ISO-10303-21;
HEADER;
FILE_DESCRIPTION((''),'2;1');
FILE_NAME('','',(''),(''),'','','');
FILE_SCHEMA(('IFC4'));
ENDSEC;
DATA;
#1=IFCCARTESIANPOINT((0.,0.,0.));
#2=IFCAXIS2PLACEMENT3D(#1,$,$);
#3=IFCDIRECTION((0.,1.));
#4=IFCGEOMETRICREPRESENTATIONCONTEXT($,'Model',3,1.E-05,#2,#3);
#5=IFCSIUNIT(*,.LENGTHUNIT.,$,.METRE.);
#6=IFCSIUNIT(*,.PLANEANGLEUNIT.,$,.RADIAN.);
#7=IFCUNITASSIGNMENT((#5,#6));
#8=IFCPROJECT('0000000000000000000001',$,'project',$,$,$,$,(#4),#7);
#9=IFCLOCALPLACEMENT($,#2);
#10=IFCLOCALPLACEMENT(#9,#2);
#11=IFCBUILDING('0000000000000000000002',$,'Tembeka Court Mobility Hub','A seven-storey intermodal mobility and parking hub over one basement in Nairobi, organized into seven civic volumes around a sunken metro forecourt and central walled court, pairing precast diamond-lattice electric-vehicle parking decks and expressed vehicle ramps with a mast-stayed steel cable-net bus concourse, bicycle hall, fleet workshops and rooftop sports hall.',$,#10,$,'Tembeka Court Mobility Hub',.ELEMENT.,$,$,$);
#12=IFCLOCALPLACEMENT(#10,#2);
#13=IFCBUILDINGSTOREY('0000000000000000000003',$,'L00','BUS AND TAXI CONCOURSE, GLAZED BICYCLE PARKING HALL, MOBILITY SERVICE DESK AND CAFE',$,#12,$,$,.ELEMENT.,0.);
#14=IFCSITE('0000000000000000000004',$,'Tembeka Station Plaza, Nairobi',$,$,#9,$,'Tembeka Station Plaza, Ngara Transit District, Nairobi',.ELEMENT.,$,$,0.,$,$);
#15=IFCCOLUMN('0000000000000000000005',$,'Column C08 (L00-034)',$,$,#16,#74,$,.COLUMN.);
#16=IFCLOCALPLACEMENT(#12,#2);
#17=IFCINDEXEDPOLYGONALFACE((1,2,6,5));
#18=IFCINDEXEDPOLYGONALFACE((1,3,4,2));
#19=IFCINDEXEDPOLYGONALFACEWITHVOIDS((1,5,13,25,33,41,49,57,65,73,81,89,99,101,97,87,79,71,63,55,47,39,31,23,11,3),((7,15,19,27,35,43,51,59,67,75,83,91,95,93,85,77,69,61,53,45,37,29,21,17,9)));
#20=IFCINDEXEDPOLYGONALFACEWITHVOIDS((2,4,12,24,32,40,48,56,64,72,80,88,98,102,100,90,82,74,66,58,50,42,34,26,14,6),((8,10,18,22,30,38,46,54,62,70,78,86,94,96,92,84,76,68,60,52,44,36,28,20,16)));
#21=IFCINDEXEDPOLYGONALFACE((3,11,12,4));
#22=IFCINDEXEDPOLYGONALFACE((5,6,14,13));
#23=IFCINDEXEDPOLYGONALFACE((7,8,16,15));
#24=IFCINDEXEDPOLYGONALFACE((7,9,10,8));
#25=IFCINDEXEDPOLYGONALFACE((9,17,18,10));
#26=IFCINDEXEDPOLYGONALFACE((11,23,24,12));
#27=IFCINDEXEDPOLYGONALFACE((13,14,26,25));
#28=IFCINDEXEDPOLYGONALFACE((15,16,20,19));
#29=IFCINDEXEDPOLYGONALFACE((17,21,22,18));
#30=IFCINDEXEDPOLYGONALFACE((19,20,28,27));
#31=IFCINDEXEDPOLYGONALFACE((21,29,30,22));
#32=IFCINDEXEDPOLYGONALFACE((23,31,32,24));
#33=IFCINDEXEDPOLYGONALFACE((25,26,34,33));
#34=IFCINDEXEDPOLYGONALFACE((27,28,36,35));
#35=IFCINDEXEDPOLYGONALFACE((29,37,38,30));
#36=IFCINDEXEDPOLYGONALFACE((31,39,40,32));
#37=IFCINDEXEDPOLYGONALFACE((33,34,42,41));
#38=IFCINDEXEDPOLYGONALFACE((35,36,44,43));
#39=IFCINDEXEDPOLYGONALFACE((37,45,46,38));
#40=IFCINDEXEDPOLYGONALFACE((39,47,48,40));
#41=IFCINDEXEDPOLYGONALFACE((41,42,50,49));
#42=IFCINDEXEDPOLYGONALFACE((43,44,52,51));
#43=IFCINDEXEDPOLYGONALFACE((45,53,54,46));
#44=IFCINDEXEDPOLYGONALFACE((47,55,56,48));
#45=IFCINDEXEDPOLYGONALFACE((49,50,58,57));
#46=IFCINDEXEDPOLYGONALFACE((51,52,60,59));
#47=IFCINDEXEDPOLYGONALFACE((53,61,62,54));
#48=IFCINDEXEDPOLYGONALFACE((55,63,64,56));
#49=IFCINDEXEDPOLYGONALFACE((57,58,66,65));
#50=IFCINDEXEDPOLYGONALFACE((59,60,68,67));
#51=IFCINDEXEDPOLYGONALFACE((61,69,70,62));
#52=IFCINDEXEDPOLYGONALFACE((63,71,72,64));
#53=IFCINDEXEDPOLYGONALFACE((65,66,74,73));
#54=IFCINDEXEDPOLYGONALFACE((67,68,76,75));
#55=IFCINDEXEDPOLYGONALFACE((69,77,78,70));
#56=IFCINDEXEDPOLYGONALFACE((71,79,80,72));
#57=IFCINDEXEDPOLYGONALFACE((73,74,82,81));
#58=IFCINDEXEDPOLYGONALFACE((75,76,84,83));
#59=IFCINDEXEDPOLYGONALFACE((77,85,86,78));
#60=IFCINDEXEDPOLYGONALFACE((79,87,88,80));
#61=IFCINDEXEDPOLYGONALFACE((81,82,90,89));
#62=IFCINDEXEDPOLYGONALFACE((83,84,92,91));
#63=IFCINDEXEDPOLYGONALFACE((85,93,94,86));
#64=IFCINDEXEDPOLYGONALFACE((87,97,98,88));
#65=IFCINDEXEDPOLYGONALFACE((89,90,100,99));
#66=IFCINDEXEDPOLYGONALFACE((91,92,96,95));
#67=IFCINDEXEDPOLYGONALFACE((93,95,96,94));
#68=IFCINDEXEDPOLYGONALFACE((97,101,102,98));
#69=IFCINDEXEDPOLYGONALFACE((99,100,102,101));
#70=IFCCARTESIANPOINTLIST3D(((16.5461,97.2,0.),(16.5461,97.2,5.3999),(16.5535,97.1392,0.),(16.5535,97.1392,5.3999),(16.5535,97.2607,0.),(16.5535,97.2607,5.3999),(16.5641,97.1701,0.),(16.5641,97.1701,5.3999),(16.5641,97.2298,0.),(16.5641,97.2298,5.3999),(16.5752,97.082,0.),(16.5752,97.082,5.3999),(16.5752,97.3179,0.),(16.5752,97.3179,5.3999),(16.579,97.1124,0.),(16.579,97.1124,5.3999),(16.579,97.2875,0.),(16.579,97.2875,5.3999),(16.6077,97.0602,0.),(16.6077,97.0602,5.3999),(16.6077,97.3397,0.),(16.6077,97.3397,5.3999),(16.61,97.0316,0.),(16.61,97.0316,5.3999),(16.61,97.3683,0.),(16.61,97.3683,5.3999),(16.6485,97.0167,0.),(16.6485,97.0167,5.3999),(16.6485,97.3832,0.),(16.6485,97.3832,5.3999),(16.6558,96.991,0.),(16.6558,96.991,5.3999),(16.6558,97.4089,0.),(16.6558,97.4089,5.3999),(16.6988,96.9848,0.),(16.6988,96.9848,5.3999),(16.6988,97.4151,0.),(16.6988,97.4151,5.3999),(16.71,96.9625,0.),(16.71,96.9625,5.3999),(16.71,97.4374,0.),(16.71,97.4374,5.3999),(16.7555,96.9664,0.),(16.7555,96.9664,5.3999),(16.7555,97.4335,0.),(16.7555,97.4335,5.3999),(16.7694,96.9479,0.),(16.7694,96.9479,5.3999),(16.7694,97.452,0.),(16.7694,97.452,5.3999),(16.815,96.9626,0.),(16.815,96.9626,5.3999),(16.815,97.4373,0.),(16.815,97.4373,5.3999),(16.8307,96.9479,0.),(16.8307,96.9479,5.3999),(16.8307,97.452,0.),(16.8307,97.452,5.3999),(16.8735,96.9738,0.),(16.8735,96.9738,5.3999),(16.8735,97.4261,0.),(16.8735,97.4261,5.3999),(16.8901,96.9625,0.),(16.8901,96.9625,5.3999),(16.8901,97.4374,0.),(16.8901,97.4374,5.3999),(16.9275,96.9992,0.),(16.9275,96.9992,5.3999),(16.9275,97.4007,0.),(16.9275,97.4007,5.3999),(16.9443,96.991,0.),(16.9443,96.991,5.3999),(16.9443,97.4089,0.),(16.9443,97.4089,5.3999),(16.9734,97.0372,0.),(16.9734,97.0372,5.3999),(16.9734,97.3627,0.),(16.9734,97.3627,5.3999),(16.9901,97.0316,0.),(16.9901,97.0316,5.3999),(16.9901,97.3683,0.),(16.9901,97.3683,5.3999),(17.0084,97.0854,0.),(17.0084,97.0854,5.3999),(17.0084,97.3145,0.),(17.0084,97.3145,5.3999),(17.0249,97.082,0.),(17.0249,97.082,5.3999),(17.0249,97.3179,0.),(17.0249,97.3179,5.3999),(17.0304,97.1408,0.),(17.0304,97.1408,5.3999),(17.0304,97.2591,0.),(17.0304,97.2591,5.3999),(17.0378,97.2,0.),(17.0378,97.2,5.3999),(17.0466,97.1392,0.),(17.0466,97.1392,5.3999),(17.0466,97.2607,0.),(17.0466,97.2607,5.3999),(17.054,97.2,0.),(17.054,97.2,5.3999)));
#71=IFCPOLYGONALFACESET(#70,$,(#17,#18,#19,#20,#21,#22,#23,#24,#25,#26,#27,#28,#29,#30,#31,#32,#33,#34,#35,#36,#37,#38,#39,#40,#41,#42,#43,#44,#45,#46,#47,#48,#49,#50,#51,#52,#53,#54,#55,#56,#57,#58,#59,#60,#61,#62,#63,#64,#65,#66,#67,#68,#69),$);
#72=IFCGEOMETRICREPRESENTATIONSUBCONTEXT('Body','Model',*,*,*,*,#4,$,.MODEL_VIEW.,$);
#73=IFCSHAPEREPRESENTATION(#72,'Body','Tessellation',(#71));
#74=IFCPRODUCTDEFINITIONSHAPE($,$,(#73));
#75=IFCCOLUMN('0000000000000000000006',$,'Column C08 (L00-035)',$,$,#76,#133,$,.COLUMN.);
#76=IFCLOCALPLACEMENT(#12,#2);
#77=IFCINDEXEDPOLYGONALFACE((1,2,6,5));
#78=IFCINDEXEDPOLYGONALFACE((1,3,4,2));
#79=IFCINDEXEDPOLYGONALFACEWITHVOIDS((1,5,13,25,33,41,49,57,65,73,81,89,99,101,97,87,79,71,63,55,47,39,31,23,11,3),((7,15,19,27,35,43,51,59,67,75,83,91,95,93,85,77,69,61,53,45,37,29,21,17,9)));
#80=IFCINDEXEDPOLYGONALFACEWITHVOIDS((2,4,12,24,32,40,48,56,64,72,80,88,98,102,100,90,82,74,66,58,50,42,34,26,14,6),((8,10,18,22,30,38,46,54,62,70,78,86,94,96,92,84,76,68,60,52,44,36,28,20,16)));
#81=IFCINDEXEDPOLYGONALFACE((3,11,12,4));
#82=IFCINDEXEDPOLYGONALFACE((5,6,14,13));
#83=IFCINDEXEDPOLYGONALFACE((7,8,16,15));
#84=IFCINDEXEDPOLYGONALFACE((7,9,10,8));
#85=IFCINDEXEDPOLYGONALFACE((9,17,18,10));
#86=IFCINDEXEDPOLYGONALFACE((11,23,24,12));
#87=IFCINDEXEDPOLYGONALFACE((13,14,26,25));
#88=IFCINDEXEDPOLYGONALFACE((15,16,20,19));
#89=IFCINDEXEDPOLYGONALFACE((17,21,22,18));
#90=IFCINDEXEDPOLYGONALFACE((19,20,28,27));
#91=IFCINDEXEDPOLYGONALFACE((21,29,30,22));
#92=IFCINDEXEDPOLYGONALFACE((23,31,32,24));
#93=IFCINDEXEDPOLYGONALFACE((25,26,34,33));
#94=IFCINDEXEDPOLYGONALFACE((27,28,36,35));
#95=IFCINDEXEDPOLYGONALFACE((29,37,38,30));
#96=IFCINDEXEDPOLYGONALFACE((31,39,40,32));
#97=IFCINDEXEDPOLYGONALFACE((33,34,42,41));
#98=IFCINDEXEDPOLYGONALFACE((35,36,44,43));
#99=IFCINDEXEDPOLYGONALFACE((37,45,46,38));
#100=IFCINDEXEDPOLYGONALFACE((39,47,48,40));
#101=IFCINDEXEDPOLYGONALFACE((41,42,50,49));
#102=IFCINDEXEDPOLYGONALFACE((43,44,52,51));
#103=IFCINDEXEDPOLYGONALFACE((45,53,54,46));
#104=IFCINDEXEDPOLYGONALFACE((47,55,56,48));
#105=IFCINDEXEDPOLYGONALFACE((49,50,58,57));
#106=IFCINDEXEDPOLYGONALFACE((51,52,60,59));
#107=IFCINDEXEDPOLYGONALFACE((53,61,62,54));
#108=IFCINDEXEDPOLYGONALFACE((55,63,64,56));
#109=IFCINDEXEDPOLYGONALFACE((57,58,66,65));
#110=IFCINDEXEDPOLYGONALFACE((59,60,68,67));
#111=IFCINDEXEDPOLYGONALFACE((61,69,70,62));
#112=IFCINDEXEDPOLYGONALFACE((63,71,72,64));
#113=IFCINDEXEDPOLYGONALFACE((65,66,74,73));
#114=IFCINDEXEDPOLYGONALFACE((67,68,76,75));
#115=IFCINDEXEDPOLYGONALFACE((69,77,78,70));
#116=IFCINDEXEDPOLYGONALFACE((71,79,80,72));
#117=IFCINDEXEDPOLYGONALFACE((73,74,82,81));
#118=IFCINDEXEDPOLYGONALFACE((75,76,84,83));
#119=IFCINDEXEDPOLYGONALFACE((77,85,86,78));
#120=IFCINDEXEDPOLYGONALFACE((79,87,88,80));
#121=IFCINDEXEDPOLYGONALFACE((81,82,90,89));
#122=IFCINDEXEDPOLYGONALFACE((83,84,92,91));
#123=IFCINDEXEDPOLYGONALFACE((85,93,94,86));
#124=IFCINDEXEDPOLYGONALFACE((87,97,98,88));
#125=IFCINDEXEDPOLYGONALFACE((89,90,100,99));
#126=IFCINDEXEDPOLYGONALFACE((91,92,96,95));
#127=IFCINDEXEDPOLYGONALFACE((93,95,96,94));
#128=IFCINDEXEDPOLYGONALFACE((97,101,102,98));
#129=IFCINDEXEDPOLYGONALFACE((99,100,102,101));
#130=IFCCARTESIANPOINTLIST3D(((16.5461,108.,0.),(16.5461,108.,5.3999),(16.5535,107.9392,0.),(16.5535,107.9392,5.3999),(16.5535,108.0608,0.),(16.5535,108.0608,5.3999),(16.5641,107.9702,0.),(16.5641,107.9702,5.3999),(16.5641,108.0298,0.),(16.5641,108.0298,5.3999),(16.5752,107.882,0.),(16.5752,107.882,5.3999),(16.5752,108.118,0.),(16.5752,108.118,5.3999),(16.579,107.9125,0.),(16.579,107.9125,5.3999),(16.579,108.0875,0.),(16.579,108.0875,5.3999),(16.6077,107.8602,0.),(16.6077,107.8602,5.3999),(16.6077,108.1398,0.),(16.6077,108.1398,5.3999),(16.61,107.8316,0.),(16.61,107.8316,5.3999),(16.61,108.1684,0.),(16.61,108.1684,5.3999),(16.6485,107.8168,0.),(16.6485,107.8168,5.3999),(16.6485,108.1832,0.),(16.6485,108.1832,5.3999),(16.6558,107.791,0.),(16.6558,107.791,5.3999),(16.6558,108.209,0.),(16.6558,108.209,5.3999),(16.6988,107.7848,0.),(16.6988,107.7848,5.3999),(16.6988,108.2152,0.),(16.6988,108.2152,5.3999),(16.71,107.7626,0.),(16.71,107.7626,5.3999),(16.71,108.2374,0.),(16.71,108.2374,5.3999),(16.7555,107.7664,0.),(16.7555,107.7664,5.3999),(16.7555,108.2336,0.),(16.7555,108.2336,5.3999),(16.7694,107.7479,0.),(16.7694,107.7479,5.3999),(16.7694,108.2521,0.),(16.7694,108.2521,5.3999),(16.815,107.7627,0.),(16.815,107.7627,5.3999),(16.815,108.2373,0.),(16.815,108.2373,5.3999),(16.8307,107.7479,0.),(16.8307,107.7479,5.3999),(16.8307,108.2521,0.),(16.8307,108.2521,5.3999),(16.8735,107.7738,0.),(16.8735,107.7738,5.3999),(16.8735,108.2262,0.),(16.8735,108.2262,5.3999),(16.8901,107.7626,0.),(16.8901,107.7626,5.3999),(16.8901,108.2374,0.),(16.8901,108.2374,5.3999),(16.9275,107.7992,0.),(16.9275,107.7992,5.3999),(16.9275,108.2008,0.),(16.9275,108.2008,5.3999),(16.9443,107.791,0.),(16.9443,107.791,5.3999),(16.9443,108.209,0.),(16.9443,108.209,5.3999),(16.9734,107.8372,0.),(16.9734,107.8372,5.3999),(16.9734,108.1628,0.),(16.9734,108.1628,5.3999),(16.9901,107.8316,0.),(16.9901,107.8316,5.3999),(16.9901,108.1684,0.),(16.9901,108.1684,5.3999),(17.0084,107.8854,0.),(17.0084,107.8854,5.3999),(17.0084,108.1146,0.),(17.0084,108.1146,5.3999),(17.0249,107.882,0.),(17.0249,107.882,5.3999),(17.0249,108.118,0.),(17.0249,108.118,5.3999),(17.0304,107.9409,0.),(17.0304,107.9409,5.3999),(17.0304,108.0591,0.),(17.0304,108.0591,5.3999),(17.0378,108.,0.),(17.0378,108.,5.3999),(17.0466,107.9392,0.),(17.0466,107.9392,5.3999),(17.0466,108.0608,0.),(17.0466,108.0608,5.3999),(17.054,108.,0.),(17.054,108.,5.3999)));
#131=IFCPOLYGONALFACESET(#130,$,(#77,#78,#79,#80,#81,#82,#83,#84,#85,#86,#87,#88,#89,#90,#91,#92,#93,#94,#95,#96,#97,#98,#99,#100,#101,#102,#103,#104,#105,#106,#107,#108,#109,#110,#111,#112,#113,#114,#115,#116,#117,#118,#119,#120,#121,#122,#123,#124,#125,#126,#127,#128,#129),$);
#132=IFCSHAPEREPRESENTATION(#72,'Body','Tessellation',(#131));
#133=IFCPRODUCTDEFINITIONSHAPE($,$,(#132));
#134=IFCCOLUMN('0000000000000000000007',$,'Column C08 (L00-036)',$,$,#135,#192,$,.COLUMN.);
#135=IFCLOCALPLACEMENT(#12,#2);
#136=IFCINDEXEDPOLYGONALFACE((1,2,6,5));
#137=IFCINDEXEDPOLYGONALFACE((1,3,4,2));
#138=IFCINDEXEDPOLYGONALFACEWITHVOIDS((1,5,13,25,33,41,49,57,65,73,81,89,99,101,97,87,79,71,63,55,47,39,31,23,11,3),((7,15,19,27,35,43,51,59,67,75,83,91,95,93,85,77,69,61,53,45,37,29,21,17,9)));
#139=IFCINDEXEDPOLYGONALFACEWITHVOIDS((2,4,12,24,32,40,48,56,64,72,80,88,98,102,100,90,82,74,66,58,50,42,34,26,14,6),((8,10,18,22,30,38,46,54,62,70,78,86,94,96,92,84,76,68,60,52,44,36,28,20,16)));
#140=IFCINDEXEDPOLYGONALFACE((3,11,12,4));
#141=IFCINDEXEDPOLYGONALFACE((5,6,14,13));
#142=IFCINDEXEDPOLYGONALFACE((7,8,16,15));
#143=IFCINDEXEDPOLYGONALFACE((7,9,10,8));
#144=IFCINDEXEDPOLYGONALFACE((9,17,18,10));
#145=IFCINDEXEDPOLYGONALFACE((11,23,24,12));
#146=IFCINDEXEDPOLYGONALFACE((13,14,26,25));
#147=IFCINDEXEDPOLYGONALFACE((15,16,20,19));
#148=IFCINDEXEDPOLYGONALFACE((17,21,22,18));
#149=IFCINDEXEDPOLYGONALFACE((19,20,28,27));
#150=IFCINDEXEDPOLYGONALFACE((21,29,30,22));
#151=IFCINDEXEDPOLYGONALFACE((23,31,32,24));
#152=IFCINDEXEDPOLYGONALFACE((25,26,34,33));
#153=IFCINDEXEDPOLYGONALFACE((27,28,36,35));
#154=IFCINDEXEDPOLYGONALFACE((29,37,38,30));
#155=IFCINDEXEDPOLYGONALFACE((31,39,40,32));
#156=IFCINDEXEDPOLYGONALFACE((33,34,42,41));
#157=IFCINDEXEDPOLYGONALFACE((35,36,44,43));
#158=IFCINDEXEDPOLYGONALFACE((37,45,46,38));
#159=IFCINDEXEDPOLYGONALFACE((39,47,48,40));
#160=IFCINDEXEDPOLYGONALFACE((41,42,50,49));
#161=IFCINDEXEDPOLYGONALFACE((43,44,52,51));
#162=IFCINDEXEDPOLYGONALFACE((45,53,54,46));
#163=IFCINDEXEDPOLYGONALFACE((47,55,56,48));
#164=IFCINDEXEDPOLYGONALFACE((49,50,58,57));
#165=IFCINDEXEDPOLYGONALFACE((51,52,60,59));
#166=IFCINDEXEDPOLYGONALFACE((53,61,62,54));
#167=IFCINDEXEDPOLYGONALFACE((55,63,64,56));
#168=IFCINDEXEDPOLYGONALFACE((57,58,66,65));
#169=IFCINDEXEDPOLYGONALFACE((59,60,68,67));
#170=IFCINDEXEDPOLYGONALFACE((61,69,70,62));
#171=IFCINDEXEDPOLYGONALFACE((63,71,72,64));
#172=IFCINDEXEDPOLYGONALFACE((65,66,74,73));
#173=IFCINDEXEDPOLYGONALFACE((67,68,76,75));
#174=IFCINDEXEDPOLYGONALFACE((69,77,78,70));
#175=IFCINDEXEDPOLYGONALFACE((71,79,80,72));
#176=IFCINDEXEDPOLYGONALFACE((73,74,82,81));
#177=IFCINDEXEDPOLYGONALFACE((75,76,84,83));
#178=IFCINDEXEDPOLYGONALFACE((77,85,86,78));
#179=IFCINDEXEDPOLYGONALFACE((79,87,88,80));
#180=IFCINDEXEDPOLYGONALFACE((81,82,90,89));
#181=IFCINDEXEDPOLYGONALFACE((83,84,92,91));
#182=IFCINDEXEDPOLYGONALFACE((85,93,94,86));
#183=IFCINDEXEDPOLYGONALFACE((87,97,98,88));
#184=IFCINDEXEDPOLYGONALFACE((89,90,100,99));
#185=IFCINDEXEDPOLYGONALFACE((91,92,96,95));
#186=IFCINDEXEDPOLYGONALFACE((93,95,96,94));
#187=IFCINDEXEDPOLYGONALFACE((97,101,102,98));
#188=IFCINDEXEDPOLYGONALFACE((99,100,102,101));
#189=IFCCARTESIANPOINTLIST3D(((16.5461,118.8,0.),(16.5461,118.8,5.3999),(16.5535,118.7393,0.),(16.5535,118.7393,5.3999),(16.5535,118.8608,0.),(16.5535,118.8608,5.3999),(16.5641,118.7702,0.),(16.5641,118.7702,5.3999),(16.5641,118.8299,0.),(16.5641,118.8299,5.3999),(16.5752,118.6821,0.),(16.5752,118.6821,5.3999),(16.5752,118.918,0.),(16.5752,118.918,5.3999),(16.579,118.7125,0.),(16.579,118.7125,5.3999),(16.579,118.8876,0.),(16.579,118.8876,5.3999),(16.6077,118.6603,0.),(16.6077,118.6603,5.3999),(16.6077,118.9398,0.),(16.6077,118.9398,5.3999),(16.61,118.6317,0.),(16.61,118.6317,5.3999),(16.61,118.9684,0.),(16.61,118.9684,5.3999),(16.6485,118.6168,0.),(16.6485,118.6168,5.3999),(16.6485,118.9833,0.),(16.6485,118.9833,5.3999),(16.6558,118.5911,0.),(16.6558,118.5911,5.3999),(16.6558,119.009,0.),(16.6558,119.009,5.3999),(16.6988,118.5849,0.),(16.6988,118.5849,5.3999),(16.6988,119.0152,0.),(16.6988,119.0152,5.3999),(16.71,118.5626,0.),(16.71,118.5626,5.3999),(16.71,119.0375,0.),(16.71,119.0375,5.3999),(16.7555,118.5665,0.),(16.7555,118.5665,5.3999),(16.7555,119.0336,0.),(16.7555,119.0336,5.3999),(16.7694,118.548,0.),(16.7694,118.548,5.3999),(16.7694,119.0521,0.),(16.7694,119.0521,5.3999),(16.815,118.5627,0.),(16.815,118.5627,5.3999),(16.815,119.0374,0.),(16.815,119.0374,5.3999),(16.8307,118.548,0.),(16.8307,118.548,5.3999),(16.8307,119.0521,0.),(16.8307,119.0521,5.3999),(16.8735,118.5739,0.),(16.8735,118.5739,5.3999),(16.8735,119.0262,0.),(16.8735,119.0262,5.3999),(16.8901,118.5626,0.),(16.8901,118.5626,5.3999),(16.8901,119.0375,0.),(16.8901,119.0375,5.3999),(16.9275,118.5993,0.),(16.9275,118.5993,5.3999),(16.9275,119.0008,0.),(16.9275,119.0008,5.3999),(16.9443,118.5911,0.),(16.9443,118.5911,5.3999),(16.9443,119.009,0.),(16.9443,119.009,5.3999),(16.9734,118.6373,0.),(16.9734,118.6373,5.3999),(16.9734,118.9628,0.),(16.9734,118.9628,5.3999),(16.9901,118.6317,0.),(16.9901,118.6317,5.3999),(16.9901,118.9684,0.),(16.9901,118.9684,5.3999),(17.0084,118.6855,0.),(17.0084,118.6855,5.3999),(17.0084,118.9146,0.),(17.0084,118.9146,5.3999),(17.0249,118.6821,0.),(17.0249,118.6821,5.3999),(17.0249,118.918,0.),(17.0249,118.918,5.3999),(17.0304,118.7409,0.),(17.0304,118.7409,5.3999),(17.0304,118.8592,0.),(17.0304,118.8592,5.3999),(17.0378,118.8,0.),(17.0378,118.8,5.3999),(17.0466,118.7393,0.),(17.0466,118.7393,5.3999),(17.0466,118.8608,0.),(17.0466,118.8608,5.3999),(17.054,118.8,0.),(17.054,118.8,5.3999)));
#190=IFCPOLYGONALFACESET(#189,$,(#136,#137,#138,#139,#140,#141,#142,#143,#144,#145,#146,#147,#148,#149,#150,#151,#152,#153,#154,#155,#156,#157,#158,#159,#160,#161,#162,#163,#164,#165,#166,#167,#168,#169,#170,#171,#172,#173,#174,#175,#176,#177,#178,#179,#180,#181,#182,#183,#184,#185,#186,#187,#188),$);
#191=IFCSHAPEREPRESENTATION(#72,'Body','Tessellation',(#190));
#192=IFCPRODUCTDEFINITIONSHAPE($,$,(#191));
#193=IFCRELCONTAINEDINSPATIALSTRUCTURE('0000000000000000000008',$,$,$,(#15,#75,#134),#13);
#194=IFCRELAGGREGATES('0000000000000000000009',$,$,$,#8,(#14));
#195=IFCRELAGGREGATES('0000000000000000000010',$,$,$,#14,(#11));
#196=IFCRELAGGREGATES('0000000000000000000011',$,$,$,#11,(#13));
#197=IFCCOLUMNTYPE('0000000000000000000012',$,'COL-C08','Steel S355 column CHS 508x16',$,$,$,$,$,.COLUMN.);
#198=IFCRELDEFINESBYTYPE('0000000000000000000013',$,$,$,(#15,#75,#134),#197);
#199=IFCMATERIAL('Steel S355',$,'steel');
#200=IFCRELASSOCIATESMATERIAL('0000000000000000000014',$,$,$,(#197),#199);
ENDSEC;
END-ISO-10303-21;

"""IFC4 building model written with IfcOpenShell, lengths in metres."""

from ifc_helpers import new_model, si_unit, direction, frame, origin, origin_2d, place, context, subcontext, project, spatial, hollow_circle, extrude, material, material_profile, profile_set, type_object, element, save


model = new_model("IFC4")

# Units and contexts
model_context = context("Model", 3, precision=1e-05, world=origin(), true_north=direction((0.0, 1.0)))
body_context = subcontext(model_context, "Body", "Model", "MODEL_VIEW")
ifc_project = project(units=[si_unit("LENGTHUNIT", "METRE"), si_unit("PLANEANGLEUNIT", "RADIAN")], contexts=[model_context])

# Site, building, storey
site_placement = place(None, origin())
site = spatial("IfcSite", under=ifc_project, at=site_placement, Name="Tembeka Station Plaza, Nairobi", LongName="Tembeka Station Plaza, Ngara Transit District, Nairobi", CompositionType="ELEMENT", RefElevation=0.0)
building_placement = place(site_placement, origin())
building = spatial("IfcBuilding", under=site, at=building_placement, Name="Tembeka Court Mobility Hub", Description="A seven-storey intermodal mobility and parking hub over one basement in Nairobi, organized into seven civic volumes around a sunken metro forecourt and central walled court, pairing precast diamond-lattice electric-vehicle parking decks and expressed vehicle ramps with a mast-stayed steel cable-net bus concourse, bicycle hall, fleet workshops and rooftop sports hall.", LongName="Tembeka Court Mobility Hub", CompositionType="ELEMENT")
storey_placement = place(building_placement, origin())
storey = spatial("IfcBuildingStorey", under=building, at=storey_placement, Name="L00", Description="BUS AND TAXI CONCOURSE, GLAZED BICYCLE PARKING HALL, MOBILITY SERVICE DESK AND CAFE", CompositionType="ELEMENT", Elevation=0.0)

# Columns
ifc_material_1 = material(Name="Steel S355", Category="steel")
ifc_material_profile_1 = material_profile(ifc_material_1, hollow_circle(Radius=0.2539, WallThickness=0.0161, at=origin_2d()), Name="CHS 508x16")
ifc_profile_set_1 = profile_set([ifc_material_profile_1], Name="Steel S355")
column_type_1 = type_object("IfcColumnType", Name="COL-C08", Description="Steel S355 column CHS 508x16", PredefinedType="COLUMN", material=ifc_profile_set_1)
for number, where, z_axis, x_axis, name in (
    (1, (16.8, 97.2, 0.0), (0.0, 0.0, 1.0), (1.0, 0.0, 0.0), "Column C08 (L00-034)"),
    (2, (16.8, 108.0, 0.0), (0.0, 0.0, 1.0), (1.0, 0.0, 0.0), "Column C08 (L00-035)"),
    (3, (16.8, 118.8, 0.0), (0.0, 0.0, 1.0), (1.0, 0.0, 0.0), "Column C08 (L00-036)"),
):
    element("IfcColumn", number, at=place(storey_placement, frame(where, z_axis=z_axis, x_axis=x_axis)), inside=storey, type_object=column_type_1, Name=name, PredefinedType="COLUMN", context=body_context, shape_type="SweptSolid", body=[
        extrude(hollow_circle(Radius=0.2539, WallThickness=0.0161, at=origin_2d()), origin(), (0.0, 0.0, 1.0), 5.3999),
    ])

save(model, "model.ifc")
